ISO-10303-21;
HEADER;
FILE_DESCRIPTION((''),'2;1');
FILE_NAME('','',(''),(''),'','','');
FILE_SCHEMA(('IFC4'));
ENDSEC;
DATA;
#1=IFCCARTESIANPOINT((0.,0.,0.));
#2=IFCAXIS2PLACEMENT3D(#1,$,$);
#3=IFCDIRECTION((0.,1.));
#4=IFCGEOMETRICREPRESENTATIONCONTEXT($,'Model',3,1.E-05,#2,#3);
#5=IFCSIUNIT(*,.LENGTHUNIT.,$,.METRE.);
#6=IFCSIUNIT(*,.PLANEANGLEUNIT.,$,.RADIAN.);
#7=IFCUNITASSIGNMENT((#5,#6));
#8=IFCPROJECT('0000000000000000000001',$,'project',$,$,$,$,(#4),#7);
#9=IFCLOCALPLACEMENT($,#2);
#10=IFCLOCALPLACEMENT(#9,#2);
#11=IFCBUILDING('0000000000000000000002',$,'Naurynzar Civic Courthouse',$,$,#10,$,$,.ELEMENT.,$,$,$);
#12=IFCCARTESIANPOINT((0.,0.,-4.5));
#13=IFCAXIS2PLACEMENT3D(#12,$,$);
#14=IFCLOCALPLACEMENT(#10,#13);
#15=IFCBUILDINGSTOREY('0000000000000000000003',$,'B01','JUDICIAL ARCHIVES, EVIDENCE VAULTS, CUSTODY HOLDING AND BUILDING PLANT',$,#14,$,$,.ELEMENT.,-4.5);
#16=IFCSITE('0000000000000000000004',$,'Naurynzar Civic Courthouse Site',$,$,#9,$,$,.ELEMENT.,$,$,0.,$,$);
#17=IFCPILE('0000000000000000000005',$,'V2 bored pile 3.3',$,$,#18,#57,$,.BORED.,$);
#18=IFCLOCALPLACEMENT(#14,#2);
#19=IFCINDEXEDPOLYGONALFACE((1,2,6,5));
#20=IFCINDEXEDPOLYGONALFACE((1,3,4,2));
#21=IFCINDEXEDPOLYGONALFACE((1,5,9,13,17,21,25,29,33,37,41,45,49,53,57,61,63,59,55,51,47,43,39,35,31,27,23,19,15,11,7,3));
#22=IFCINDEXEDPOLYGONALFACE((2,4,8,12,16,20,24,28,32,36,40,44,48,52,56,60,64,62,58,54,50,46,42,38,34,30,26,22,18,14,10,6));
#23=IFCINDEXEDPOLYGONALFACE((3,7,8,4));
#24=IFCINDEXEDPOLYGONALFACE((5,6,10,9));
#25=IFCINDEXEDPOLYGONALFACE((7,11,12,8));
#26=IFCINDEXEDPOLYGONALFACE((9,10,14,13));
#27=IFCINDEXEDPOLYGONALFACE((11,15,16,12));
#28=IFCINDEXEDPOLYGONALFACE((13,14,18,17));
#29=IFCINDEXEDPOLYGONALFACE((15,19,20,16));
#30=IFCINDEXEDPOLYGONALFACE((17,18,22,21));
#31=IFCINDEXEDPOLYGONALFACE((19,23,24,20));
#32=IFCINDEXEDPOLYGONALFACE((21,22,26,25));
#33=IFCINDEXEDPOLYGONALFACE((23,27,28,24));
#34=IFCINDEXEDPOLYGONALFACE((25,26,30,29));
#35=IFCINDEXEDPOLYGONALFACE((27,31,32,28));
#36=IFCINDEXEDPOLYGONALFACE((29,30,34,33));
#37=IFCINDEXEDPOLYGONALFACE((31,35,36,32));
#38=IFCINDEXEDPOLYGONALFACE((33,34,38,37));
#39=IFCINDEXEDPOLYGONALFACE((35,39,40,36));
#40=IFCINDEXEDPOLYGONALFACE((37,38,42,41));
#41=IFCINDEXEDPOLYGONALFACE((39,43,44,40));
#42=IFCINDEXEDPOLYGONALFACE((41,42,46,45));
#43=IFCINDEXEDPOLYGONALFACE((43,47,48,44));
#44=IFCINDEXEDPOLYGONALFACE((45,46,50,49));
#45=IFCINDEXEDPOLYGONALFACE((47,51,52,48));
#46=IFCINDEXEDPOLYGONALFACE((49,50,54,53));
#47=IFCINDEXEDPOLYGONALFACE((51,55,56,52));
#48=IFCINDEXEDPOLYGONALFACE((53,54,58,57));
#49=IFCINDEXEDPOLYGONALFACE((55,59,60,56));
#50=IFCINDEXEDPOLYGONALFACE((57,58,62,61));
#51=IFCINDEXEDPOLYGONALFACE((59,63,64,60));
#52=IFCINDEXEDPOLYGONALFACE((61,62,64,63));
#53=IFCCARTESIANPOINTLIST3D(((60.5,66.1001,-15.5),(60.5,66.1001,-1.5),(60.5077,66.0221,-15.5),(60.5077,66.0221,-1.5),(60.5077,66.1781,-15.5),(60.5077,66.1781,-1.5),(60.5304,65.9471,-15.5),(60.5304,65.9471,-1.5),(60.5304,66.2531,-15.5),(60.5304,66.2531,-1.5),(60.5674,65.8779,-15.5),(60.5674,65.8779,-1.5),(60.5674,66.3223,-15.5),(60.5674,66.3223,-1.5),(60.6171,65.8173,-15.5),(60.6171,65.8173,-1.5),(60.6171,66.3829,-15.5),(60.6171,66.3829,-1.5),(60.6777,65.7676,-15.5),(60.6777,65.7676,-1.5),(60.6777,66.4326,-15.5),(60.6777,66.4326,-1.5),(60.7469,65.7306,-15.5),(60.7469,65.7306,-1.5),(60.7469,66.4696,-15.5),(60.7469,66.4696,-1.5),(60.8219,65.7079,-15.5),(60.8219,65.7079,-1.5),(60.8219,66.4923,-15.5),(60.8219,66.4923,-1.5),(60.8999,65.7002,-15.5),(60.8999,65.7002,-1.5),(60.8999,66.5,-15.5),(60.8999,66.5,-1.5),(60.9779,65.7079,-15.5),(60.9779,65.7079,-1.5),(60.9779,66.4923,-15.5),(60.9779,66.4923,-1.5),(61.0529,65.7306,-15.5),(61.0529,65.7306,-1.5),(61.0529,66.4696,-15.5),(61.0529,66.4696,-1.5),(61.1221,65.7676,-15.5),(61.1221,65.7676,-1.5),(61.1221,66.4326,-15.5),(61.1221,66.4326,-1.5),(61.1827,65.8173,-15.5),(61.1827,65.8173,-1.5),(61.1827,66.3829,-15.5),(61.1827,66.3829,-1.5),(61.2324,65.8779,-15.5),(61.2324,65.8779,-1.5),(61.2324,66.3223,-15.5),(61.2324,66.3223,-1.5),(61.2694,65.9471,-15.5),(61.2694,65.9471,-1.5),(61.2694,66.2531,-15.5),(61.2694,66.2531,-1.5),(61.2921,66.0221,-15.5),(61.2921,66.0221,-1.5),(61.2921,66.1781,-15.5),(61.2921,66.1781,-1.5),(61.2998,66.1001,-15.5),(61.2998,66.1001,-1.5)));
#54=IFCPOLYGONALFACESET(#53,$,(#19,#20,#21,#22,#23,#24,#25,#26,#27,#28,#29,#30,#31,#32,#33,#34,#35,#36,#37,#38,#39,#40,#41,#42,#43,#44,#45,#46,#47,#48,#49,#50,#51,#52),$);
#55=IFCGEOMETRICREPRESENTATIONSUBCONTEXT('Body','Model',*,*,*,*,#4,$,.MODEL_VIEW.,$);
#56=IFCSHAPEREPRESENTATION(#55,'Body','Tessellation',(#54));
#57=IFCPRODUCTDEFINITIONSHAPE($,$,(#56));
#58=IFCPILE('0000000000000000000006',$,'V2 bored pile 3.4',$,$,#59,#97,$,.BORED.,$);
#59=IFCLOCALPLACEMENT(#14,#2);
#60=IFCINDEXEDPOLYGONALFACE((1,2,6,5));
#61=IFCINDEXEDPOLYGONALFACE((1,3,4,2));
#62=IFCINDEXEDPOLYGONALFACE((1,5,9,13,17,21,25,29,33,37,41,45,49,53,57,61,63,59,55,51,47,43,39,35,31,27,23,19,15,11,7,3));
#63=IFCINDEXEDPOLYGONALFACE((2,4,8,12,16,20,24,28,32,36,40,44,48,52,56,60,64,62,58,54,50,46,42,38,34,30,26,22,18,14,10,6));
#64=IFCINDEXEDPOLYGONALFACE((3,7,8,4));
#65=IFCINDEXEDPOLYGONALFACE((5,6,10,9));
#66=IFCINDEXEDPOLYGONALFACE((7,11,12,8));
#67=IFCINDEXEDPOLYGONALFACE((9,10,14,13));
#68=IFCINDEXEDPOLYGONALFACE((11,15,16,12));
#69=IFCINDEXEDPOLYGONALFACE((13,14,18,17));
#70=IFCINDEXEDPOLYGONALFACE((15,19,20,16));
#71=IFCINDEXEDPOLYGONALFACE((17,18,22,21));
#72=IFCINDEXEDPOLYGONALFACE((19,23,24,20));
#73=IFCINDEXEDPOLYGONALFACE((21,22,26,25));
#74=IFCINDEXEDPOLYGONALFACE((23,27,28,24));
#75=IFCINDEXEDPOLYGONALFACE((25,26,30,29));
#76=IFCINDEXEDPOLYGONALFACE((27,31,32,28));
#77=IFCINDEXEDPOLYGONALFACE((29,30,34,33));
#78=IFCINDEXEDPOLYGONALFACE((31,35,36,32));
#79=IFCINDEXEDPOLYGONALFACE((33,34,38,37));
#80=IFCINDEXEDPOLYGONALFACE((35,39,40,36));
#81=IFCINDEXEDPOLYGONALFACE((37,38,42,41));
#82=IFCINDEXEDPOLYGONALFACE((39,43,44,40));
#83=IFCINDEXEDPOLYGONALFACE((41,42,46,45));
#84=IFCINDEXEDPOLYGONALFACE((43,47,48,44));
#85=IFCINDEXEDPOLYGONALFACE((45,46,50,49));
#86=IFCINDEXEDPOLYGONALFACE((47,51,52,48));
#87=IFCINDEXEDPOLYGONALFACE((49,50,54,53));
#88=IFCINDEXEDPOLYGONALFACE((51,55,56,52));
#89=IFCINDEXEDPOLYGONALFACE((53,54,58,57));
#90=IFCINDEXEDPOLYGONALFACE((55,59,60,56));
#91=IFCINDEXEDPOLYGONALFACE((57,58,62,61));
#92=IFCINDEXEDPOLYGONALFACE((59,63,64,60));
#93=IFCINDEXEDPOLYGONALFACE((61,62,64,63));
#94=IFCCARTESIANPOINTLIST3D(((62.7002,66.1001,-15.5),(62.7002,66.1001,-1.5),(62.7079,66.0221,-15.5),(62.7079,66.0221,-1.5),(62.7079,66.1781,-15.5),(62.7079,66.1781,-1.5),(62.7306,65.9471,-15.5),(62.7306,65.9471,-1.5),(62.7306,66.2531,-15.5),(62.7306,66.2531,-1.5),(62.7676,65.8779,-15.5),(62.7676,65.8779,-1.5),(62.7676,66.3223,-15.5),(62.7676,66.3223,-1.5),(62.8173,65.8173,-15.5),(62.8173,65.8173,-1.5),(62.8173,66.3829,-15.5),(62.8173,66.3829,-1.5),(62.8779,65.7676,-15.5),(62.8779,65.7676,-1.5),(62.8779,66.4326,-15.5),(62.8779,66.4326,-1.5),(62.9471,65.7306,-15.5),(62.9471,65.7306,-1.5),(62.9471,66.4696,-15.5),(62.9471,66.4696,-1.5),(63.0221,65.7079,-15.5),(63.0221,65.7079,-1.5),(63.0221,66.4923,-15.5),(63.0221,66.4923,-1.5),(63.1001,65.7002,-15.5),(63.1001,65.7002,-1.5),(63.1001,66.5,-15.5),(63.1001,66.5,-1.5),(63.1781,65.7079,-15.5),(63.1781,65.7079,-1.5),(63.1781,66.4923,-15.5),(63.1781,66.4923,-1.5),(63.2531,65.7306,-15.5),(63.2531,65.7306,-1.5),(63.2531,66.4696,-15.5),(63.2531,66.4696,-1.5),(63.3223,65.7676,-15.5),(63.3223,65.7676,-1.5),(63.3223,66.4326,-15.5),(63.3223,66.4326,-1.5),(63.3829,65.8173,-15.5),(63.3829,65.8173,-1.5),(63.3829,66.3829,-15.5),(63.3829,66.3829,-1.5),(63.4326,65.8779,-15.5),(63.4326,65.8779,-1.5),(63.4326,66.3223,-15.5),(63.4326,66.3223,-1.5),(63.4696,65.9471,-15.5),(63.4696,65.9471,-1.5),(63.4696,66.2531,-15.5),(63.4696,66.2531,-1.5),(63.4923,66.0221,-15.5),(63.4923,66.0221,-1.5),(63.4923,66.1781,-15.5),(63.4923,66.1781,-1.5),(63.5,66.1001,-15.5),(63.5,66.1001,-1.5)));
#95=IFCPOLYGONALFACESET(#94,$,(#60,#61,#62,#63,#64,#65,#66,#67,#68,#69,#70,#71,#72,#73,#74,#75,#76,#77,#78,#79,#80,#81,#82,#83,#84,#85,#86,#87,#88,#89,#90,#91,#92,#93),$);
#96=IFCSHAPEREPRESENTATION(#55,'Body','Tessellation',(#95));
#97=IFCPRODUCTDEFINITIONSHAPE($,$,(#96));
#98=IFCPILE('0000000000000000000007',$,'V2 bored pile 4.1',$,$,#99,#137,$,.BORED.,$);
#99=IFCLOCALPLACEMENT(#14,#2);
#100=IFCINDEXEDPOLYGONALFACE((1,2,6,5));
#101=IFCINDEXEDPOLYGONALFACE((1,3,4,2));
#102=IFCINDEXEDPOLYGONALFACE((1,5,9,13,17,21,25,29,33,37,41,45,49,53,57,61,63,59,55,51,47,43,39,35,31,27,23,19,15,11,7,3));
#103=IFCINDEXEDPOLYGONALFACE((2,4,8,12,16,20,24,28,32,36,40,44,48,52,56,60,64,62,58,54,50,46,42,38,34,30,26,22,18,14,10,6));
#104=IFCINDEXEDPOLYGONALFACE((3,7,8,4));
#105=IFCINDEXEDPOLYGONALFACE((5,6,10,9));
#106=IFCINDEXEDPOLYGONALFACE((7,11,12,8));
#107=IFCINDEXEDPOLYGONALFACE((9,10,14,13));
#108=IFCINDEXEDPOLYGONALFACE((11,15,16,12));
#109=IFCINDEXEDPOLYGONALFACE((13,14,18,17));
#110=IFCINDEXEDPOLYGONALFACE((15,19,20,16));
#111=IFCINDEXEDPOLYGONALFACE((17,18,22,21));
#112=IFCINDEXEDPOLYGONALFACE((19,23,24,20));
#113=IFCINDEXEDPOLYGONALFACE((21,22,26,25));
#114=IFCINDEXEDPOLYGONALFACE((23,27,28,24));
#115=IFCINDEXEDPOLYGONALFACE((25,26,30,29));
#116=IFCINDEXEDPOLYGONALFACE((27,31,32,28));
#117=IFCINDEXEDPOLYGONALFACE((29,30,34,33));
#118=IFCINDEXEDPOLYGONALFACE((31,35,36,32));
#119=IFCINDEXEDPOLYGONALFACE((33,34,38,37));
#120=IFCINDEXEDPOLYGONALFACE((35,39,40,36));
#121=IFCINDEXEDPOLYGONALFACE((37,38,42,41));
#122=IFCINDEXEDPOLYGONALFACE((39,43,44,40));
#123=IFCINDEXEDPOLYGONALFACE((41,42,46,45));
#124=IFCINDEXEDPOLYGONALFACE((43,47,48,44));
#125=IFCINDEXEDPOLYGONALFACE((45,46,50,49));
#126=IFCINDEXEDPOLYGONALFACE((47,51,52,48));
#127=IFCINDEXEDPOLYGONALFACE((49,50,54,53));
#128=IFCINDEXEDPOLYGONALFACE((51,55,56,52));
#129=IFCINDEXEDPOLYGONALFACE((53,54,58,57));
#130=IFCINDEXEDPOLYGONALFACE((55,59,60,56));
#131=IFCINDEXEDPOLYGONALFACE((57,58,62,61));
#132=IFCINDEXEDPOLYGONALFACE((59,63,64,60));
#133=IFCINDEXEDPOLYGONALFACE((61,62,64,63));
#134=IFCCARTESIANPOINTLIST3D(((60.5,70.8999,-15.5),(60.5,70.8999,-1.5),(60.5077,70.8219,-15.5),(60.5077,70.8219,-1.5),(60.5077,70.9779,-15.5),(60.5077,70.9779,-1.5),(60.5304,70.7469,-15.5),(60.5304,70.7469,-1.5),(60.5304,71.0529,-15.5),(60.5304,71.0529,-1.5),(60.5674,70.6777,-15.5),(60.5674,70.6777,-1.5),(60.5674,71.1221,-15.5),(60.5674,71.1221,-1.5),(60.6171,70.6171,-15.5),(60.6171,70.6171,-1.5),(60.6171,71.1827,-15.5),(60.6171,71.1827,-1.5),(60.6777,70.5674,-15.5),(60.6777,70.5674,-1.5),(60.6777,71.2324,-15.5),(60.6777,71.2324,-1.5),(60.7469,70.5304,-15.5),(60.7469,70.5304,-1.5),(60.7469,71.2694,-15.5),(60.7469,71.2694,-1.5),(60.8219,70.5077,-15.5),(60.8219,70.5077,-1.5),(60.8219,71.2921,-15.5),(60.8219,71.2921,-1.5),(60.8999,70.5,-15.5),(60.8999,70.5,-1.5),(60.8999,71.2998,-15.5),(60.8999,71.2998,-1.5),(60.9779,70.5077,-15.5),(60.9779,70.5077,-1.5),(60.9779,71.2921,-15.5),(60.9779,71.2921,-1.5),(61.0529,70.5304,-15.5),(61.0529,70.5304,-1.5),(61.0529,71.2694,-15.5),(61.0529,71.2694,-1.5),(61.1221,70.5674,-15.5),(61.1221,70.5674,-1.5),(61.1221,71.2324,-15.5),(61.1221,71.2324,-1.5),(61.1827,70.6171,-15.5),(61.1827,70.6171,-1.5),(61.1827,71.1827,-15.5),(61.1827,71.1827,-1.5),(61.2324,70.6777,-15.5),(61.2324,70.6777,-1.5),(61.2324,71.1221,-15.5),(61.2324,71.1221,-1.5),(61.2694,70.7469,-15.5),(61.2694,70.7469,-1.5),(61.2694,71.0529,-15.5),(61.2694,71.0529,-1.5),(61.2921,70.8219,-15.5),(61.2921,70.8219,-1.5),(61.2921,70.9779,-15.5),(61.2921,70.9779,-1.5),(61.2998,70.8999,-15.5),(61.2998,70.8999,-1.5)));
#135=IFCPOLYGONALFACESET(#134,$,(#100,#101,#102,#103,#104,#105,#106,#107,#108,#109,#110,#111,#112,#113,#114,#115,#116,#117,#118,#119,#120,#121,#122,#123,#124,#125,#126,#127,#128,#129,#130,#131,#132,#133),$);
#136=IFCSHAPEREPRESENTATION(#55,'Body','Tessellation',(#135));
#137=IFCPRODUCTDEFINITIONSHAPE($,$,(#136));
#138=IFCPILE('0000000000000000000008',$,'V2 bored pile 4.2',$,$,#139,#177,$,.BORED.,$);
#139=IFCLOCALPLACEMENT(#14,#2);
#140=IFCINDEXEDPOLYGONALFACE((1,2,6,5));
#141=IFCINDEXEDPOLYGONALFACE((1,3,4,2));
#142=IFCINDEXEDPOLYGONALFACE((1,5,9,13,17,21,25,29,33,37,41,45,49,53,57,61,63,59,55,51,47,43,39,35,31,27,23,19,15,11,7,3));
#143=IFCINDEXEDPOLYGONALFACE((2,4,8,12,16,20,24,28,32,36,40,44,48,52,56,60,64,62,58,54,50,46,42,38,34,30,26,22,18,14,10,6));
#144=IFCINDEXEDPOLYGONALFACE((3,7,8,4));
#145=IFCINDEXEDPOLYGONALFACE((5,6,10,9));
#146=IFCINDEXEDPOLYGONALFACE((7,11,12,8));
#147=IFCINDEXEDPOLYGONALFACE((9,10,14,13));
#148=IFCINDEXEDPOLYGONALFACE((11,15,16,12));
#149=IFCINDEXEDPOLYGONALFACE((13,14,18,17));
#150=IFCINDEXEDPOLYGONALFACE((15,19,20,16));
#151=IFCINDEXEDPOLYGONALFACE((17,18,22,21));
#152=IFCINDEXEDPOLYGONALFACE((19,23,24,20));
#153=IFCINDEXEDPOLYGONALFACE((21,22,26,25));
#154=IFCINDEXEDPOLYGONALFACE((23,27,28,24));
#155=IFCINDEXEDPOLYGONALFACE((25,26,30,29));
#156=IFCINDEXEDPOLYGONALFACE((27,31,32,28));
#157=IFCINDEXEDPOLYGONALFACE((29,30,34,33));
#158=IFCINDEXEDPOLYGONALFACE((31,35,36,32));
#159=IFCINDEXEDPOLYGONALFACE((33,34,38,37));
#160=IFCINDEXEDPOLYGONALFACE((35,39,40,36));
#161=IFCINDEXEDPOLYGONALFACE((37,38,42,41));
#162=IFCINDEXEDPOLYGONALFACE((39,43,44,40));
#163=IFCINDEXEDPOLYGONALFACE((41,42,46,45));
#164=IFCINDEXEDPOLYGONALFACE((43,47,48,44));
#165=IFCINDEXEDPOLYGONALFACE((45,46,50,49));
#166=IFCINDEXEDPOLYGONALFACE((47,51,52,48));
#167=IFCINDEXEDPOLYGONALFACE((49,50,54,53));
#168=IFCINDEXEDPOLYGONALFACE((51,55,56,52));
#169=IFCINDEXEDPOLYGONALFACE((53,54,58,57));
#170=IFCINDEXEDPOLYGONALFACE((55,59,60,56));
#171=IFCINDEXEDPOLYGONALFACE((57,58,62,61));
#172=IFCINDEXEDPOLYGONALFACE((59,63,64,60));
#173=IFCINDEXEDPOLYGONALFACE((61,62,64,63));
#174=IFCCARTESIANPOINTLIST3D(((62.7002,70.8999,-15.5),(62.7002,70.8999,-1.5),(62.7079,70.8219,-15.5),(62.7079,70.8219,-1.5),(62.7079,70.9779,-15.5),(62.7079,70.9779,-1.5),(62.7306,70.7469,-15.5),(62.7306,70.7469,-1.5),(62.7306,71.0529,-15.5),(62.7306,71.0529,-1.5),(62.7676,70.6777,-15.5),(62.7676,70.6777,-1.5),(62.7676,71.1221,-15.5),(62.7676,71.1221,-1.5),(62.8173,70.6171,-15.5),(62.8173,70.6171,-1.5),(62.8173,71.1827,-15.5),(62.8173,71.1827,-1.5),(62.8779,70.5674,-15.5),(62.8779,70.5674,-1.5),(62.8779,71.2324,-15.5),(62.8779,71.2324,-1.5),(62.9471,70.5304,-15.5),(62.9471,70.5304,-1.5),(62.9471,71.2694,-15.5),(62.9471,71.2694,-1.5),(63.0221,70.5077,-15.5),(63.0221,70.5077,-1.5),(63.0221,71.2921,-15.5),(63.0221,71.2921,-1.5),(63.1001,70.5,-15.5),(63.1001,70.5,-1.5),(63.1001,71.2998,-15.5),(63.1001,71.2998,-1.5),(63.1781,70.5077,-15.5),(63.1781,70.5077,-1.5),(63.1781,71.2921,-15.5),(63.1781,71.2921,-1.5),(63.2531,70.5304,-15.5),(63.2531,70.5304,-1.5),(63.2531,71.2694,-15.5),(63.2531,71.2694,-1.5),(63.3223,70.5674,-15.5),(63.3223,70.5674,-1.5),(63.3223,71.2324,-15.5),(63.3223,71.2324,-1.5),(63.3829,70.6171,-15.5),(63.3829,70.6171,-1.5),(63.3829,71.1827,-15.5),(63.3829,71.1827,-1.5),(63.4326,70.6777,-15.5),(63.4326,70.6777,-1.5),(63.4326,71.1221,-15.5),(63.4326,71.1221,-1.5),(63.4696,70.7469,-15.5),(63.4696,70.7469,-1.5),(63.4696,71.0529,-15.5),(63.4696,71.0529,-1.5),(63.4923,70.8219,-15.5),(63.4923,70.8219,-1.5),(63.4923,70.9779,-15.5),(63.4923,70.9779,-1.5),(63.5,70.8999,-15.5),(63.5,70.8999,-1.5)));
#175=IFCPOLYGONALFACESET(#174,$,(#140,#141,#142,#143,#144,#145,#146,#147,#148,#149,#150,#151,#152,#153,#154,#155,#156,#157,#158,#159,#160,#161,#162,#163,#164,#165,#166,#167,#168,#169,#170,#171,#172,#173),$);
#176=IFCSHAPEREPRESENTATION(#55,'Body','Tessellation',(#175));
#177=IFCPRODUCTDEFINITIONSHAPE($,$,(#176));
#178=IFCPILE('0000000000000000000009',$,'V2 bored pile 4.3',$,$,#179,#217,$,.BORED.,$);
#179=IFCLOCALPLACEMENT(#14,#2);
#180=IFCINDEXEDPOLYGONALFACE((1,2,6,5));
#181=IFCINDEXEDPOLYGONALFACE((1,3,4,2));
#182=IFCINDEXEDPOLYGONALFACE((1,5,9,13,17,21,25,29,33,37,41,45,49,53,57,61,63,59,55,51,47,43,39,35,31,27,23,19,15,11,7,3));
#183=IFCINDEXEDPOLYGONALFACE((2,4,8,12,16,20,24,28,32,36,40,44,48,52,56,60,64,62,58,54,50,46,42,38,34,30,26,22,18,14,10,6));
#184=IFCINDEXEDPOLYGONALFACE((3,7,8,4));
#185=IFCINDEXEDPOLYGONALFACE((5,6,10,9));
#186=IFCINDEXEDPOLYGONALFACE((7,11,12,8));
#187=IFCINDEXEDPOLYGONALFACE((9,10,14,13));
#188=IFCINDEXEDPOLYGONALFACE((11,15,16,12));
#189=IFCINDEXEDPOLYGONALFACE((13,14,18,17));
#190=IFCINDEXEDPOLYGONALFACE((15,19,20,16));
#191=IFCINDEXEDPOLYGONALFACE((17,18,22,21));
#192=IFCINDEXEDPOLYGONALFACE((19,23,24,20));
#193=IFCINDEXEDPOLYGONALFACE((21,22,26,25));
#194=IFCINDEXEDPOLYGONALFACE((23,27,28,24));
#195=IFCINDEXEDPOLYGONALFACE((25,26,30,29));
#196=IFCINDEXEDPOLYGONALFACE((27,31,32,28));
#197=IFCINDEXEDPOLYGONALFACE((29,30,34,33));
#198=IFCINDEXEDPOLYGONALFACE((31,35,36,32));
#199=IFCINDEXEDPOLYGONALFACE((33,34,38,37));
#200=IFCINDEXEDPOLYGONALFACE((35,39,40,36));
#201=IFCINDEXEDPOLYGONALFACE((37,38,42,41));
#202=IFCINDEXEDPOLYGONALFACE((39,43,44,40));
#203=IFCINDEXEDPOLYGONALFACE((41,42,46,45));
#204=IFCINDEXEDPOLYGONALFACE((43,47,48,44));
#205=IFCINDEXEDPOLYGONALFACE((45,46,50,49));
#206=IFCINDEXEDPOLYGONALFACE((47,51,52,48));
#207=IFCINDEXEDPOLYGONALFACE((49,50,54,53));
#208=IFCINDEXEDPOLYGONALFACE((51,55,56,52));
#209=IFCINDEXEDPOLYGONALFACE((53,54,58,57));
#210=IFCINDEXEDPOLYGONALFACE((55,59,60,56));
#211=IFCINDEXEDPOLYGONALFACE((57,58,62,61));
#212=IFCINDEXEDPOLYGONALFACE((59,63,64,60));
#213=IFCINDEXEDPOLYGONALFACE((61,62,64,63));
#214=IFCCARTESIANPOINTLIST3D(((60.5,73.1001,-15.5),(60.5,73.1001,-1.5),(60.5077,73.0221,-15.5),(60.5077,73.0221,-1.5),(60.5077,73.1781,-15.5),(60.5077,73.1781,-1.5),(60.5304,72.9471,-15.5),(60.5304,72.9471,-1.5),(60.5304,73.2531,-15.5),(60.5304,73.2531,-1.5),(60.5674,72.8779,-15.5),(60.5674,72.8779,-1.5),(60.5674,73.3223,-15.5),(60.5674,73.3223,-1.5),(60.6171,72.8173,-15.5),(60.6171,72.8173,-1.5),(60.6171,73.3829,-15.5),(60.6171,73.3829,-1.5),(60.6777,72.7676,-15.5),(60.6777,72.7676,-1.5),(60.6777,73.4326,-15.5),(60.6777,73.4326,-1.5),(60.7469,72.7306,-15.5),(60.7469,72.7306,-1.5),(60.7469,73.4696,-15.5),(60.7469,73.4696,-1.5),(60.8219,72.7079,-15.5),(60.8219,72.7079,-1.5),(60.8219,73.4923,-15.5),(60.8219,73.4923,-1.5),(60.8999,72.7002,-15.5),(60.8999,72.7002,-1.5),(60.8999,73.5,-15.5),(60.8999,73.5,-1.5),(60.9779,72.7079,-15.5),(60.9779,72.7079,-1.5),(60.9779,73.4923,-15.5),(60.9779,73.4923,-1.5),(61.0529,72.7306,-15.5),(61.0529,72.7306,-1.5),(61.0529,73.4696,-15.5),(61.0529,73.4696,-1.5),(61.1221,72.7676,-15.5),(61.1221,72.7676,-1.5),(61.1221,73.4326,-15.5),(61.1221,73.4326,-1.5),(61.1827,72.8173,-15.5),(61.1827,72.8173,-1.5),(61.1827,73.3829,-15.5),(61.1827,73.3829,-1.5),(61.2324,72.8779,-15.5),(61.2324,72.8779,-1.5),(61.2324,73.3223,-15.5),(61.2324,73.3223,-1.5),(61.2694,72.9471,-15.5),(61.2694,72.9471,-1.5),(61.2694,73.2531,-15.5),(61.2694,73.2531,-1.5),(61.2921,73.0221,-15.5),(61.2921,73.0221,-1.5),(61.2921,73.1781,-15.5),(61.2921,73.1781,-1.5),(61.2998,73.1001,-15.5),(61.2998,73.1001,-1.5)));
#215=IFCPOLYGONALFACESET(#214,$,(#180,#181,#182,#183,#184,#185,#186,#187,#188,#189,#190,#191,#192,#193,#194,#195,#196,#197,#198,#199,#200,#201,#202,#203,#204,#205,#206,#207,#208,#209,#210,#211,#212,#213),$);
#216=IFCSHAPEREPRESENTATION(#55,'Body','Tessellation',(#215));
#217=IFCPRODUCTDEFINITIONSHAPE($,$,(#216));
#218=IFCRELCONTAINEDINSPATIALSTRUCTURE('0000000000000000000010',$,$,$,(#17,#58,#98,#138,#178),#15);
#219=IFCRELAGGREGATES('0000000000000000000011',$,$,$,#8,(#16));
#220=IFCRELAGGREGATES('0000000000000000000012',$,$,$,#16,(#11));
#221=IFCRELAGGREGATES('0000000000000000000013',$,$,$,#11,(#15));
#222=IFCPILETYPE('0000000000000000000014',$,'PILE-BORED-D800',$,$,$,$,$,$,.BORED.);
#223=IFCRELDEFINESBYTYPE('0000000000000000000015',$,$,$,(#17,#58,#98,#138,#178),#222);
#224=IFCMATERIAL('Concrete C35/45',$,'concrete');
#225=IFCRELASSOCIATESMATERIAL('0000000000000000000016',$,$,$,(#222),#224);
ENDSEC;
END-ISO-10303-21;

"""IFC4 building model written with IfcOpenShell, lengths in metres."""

from ifc_helpers import new_model, si_unit, direction, frame, origin, origin_2d, place, context, subcontext, project, spatial, circle, extrude, material, material_profile, profile_set, type_object, element, save


model = new_model("IFC4")

# Units and contexts
model_context = context("Model", 3, precision=1e-05, world=origin(), true_north=direction((0.0, 1.0)))
body_context = subcontext(model_context, "Body", "Model", "MODEL_VIEW")
ifc_project = project(units=[si_unit("LENGTHUNIT", "METRE"), si_unit("PLANEANGLEUNIT", "RADIAN")], contexts=[model_context])

# Site, building, storey
site_placement = place(None, origin())
site = spatial("IfcSite", under=ifc_project, at=site_placement, Name="Naurynzar Civic Courthouse Site", CompositionType="ELEMENT", RefElevation=0.0)
building_placement = place(site_placement, origin())
building = spatial("IfcBuilding", under=site, at=building_placement, Name="Naurynzar Civic Courthouse", CompositionType="ELEMENT")
storey_placement = place(building_placement, frame((0.0, 0.0, -4.5)))
storey = spatial("IfcBuildingStorey", under=building, at=storey_placement, Name="B01", Description="JUDICIAL ARCHIVES, EVIDENCE VAULTS, CUSTODY HOLDING AND BUILDING PLANT", CompositionType="ELEMENT", Elevation=-4.5)

# Piles
ifc_material_1 = material(Name="Concrete C35/45", Category="concrete")
ifc_material_profile_1 = material_profile(ifc_material_1, circle(Radius=0.3999, at=origin_2d()), Name="PILE D800")
ifc_profile_set_1 = profile_set([ifc_material_profile_1], Name="Concrete C35/45")
pile_type_1 = type_object("IfcPileType", Name="PILE-BORED-D800", PredefinedType="BORED", material=ifc_profile_set_1)
for number, where, z_axis, x_axis, name in (
    (1, (60.8999, 66.1001, -1.5), (0.0, 0.0, -1.0), (1.0, 0.0, 0.0), "V2 bored pile 3.3"),
    (2, (63.1001, 66.1001, -1.5), (0.0, 0.0, -1.0), (1.0, 0.0, 0.0), "V2 bored pile 3.4"),
    (3, (60.8999, 70.8999, -1.5), (0.0, 0.0, -1.0), (1.0, 0.0, 0.0), "V2 bored pile 4.1"),
    (4, (63.1001, 70.8999, -1.5), (0.0, 0.0, -1.0), (1.0, 0.0, 0.0), "V2 bored pile 4.2"),
    (5, (60.8999, 73.1001, -1.5), (0.0, 0.0, -1.0), (1.0, 0.0, 0.0), "V2 bored pile 4.3"),
):
    element("IfcPile", number, at=place(storey_placement, frame(where, z_axis=z_axis, x_axis=x_axis)), inside=storey, type_object=pile_type_1, Name=name, PredefinedType="BORED", context=body_context, shape_type="SweptSolid", body=[
        extrude(circle(Radius=0.3999, at=origin_2d()), origin(), (0.0, 0.0, 1.0), 14.0),
    ])

save(model, "model.ifc")
